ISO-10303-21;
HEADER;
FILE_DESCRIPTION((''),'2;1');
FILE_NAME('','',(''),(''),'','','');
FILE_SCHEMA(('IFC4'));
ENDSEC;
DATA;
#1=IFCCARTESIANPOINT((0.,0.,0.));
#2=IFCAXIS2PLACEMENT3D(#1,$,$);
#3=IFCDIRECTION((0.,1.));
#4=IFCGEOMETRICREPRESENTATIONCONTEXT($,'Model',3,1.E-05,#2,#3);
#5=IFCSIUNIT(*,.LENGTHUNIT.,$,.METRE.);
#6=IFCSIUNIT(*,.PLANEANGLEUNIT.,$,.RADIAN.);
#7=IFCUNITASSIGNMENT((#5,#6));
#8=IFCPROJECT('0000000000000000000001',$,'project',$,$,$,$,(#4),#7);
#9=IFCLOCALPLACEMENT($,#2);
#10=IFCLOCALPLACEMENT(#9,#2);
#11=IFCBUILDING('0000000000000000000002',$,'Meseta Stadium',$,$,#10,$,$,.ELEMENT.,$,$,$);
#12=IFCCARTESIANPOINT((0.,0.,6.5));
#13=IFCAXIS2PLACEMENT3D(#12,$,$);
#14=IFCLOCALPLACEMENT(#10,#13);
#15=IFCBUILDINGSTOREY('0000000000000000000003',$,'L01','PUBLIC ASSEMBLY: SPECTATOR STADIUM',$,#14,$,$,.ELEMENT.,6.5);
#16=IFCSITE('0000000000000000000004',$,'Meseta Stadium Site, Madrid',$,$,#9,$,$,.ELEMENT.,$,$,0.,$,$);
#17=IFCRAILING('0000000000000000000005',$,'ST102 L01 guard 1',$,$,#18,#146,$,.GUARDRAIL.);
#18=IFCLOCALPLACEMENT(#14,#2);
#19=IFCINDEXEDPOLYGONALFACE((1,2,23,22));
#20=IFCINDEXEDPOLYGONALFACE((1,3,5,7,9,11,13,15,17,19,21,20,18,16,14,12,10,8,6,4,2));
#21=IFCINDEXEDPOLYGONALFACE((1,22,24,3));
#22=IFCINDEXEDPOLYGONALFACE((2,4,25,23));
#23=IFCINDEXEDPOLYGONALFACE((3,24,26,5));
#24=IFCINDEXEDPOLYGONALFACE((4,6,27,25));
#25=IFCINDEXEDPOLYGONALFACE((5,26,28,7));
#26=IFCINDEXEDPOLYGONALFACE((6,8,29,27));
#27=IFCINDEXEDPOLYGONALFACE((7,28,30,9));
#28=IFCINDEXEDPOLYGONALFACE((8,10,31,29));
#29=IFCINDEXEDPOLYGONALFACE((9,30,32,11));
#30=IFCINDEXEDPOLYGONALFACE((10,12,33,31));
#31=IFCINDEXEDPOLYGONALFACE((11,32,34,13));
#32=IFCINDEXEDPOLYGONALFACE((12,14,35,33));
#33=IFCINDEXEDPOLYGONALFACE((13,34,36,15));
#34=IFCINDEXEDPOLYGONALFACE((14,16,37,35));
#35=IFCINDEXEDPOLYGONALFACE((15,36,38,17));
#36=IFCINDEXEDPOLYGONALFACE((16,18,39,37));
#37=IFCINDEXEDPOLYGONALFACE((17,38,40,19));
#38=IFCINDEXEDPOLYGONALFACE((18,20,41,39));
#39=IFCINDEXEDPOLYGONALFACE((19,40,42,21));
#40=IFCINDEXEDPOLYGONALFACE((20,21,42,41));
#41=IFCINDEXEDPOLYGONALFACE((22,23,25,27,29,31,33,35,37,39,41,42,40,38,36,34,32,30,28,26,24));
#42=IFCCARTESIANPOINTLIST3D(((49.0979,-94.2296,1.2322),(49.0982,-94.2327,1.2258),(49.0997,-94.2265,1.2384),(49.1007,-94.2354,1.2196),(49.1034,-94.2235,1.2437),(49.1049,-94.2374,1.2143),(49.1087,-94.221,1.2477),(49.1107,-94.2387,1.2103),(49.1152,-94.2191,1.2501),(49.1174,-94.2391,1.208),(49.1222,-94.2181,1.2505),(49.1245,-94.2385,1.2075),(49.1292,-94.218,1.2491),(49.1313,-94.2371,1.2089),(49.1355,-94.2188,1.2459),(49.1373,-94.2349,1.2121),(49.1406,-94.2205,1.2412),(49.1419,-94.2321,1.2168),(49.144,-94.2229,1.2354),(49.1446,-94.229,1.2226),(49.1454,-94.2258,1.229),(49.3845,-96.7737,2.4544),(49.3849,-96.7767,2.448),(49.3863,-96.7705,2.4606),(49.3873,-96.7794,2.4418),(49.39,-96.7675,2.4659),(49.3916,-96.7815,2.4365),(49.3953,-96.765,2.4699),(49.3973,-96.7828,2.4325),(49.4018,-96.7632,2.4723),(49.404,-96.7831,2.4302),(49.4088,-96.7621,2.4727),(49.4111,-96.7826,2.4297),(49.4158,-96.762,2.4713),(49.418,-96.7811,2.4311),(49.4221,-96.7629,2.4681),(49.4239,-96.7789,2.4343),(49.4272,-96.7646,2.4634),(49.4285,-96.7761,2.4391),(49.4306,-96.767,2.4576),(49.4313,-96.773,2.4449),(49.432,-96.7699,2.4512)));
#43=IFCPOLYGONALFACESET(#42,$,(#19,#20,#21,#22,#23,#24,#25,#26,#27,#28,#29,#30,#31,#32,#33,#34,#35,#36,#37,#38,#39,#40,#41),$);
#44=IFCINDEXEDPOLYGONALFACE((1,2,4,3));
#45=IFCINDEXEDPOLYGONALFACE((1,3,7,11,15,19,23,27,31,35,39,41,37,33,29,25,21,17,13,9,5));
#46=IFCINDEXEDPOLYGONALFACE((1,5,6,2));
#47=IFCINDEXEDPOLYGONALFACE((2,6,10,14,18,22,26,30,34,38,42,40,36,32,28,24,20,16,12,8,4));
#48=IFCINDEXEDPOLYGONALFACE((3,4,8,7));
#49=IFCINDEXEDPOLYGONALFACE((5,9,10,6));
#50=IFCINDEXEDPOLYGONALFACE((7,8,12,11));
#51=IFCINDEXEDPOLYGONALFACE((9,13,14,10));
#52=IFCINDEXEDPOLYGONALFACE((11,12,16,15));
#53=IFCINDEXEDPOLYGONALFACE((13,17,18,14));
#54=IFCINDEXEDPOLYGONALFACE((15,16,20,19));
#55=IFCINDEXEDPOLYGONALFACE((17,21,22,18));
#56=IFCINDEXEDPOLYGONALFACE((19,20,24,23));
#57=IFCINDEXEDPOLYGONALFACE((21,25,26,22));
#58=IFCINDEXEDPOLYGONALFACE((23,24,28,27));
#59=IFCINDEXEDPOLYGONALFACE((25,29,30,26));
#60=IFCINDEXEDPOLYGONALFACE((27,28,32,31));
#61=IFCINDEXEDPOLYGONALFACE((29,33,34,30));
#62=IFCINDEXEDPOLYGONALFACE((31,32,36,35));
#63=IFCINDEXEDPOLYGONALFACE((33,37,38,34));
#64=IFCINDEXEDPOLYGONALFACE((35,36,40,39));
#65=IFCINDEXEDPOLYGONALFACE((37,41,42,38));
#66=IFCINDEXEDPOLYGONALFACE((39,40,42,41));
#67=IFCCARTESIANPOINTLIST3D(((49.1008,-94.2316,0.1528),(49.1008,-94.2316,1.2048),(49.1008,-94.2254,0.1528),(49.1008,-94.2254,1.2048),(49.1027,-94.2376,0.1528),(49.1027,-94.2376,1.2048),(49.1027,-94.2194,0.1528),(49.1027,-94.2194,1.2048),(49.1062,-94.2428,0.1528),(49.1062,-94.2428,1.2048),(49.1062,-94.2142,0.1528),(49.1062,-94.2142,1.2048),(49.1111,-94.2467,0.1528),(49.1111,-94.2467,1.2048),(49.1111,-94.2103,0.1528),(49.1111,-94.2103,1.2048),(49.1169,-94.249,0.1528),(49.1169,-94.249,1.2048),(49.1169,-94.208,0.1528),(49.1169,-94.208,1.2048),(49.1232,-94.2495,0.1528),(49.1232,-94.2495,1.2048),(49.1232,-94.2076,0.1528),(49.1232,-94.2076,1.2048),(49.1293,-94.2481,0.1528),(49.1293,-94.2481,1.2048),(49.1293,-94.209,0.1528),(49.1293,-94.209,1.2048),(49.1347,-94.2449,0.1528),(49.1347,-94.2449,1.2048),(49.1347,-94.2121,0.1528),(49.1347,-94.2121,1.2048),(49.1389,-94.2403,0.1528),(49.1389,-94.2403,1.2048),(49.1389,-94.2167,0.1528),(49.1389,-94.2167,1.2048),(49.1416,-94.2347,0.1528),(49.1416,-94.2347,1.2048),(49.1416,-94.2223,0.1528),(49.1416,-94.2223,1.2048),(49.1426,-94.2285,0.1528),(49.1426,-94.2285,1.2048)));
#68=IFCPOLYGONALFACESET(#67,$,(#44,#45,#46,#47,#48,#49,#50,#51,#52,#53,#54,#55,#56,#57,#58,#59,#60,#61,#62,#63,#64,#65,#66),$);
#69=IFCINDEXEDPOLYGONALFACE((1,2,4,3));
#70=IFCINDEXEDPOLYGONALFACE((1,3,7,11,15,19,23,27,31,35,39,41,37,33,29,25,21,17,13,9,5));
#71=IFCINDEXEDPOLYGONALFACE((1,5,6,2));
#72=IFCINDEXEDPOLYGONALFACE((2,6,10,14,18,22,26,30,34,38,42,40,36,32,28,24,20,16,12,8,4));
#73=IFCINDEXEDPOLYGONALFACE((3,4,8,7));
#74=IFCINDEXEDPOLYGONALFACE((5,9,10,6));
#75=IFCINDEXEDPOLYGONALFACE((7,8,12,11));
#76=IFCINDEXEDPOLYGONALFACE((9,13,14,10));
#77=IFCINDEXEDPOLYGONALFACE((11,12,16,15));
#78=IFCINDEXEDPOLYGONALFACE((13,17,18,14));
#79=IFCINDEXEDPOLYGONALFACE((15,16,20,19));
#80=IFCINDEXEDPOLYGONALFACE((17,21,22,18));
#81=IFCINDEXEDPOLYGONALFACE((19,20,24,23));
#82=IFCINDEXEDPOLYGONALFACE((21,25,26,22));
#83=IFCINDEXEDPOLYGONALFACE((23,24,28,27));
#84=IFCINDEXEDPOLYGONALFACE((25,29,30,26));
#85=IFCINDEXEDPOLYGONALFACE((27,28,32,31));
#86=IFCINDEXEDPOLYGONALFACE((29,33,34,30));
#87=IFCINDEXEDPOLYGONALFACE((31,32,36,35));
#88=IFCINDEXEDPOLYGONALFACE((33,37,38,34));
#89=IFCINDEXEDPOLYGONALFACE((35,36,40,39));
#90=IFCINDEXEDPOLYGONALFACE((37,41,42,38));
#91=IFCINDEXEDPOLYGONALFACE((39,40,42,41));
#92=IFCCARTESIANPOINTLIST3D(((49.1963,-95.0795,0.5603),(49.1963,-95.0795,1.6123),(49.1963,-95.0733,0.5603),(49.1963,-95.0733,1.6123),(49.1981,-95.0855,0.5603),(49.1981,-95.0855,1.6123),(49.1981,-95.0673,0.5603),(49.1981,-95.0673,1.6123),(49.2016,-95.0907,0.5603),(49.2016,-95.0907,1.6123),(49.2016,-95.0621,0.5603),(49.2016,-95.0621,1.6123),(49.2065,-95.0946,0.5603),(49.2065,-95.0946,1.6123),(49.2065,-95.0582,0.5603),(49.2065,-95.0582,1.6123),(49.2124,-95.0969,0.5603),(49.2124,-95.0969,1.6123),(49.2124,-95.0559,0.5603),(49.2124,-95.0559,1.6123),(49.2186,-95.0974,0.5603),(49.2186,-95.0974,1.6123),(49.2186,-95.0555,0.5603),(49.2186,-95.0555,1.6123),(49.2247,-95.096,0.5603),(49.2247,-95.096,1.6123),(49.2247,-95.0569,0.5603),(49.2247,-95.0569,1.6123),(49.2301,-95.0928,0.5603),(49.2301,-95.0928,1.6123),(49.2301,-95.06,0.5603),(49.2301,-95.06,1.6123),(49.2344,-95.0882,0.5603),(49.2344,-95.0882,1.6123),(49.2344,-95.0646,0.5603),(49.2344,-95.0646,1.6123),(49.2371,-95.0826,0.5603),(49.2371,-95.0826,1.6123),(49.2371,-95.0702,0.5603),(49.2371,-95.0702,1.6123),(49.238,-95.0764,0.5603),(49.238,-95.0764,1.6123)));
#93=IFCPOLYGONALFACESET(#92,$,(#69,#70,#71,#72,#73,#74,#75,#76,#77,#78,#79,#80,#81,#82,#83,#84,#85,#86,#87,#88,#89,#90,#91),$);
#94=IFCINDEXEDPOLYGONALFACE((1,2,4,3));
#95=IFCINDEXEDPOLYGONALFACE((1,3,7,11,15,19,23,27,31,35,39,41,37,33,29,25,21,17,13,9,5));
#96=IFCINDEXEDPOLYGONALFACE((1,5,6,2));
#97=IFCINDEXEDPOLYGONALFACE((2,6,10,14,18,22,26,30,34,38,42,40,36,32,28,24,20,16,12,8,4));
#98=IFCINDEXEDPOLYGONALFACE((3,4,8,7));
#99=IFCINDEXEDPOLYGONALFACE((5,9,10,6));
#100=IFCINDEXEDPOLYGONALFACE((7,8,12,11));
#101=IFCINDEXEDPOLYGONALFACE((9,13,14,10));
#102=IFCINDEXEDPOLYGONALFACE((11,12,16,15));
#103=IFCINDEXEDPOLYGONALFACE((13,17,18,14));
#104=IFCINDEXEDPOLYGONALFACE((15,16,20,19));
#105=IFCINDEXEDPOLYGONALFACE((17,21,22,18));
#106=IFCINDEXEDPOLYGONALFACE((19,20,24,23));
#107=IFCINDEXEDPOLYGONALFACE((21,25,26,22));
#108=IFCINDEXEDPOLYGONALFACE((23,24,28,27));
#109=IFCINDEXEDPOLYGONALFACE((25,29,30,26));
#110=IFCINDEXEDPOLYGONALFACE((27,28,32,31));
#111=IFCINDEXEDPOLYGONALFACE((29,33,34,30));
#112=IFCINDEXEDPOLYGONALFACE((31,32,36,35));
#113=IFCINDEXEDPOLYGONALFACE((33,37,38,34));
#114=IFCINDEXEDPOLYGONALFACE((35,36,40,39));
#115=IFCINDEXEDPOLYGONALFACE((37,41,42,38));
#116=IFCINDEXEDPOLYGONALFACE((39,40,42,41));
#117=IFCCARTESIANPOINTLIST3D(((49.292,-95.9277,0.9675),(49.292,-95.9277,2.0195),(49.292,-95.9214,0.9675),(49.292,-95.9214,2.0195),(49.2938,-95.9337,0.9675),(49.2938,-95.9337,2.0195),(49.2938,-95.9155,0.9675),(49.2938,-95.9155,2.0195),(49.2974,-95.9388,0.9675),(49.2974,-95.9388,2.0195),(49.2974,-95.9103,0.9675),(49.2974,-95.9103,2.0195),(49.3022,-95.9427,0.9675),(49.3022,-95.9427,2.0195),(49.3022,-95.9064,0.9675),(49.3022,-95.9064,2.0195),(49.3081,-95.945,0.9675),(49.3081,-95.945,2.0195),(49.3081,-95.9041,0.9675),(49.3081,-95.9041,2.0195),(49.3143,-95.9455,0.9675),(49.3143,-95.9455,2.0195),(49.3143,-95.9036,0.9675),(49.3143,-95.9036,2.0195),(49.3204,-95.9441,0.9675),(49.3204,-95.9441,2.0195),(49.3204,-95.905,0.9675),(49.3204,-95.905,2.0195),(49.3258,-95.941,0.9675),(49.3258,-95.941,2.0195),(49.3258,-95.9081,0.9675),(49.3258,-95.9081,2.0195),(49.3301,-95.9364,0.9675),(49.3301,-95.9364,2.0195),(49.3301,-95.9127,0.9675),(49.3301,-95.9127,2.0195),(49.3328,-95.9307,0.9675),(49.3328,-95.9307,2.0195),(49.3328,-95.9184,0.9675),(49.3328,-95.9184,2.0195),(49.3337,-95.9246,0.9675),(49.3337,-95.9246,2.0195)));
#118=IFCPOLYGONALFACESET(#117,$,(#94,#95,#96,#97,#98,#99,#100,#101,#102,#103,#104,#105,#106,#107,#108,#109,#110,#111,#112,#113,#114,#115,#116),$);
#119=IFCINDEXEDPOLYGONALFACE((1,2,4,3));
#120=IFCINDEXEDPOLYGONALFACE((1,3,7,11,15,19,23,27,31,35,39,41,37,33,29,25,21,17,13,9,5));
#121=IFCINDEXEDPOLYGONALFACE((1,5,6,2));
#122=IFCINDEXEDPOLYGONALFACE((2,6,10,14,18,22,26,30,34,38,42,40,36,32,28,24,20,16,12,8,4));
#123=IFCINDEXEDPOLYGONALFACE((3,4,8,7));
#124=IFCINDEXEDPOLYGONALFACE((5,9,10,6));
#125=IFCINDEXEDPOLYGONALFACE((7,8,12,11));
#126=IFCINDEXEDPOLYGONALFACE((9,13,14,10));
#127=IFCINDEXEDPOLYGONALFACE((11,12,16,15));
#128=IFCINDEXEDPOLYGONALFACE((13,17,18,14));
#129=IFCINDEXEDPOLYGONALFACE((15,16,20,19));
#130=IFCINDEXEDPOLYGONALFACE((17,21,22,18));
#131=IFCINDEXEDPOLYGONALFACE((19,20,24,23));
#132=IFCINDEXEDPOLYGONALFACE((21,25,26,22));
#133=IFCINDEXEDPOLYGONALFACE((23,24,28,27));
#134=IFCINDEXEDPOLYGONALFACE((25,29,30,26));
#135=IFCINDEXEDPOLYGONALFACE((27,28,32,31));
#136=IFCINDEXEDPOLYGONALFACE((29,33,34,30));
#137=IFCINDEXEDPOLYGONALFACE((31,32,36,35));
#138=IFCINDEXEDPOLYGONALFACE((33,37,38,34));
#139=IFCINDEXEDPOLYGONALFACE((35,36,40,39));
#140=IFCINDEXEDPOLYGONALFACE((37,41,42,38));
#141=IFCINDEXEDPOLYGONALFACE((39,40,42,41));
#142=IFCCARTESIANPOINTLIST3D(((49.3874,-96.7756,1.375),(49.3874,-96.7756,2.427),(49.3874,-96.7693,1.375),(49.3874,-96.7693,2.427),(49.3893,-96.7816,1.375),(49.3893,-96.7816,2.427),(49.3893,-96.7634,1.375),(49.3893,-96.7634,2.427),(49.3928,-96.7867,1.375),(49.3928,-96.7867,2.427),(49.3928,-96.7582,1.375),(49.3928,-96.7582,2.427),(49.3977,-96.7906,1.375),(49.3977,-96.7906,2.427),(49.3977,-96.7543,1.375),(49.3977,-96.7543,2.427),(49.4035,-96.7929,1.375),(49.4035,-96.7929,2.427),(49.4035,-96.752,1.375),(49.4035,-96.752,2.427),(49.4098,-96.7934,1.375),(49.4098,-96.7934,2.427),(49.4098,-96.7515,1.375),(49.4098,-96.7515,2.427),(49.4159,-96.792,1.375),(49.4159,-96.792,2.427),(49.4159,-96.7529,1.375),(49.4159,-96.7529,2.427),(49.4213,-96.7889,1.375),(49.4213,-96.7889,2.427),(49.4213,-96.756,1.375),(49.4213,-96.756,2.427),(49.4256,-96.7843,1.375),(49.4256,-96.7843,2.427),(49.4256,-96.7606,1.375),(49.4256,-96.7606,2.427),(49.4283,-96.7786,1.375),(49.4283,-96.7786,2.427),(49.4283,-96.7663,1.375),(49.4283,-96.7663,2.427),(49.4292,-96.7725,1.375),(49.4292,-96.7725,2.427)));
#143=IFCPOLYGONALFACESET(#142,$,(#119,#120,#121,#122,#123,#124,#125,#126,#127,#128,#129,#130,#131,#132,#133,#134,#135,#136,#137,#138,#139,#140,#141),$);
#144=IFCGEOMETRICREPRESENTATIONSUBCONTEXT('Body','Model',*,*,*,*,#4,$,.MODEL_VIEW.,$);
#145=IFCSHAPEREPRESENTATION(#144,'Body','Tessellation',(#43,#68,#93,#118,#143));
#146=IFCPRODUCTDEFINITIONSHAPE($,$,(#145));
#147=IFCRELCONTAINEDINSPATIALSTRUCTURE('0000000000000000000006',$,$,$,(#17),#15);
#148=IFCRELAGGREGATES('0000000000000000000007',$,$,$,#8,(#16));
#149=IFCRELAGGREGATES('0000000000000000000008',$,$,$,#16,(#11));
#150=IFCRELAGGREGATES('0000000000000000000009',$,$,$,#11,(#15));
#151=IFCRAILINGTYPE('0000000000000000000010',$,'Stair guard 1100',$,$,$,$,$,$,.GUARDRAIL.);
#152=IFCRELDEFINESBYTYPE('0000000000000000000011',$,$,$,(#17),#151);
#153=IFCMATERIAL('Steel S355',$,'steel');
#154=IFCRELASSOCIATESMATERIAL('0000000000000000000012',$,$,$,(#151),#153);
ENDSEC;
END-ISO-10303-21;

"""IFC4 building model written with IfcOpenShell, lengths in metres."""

from ifc_helpers import new_model, si_unit, direction, frame, origin, origin_2d, place, context, subcontext, project, spatial, circle, extrude, material, type_object, element, save


model = new_model("IFC4")

# Units and contexts
model_context = context("Model", 3, precision=1e-05, world=origin(), true_north=direction((0.0, 1.0)))
body_context = subcontext(model_context, "Body", "Model", "MODEL_VIEW")
ifc_project = project(units=[si_unit("LENGTHUNIT", "METRE"), si_unit("PLANEANGLEUNIT", "RADIAN")], contexts=[model_context])

# Site, building, storey
site_placement = place(None, origin())
site = spatial("IfcSite", under=ifc_project, at=site_placement, Name="Meseta Stadium Site, Madrid", CompositionType="ELEMENT", RefElevation=0.0)
building_placement = place(site_placement, origin())
building = spatial("IfcBuilding", under=site, at=building_placement, Name="Meseta Stadium", CompositionType="ELEMENT")
storey_placement = place(building_placement, frame((0.0, 0.0, 6.5)))
storey = spatial("IfcBuildingStorey", under=building, at=storey_placement, Name="L01", Description="PUBLIC ASSEMBLY: SPECTATOR STADIUM", CompositionType="ELEMENT", Elevation=6.5)

# Railing
ifc_material_1 = material(Name="Steel S355", Category="steel")
railing_type = type_object("IfcRailingType", Name="Stair guard 1100", PredefinedType="GUARDRAIL", material=ifc_material_1)
railing_1_placement = place(storey_placement, frame((49.1216, -94.2285, 0.1528)))
element("IfcRailing", 1, at=railing_1_placement, inside=storey, type_object=railing_type, Name="ST102 L01 guard 1", PredefinedType="GUARDRAIL", context=body_context, shape_type="SweptSolid", body=[
    extrude(circle(Radius=0.0239, at=origin_2d()), frame((0.0, 0.0, 1.0762), z_axis=(0.101036, -0.896762, 0.430824), x_axis=(0.993713, 0.11196, 0.0)), (0.0, 0.0, 1.0), 2.8369),
    extrude(circle(Radius=0.021, at=origin_2d()), origin(), (0.0, 0.0, 1.0), 1.052),
    extrude(circle(Radius=0.021, at=origin_2d()), frame((0.0955, -0.8479, 0.4075)), (0.0, 0.0, 1.0), 1.052),
    extrude(circle(Radius=0.021, at=origin_2d()), frame((0.1912, -1.696, 0.8147)), (0.0, 0.0, 1.0), 1.052),
    extrude(circle(Radius=0.021, at=origin_2d()), frame((0.2866, -2.5439, 1.2222)), (0.0, 0.0, 1.0), 1.052),
])

save(model, "model.ifc")
